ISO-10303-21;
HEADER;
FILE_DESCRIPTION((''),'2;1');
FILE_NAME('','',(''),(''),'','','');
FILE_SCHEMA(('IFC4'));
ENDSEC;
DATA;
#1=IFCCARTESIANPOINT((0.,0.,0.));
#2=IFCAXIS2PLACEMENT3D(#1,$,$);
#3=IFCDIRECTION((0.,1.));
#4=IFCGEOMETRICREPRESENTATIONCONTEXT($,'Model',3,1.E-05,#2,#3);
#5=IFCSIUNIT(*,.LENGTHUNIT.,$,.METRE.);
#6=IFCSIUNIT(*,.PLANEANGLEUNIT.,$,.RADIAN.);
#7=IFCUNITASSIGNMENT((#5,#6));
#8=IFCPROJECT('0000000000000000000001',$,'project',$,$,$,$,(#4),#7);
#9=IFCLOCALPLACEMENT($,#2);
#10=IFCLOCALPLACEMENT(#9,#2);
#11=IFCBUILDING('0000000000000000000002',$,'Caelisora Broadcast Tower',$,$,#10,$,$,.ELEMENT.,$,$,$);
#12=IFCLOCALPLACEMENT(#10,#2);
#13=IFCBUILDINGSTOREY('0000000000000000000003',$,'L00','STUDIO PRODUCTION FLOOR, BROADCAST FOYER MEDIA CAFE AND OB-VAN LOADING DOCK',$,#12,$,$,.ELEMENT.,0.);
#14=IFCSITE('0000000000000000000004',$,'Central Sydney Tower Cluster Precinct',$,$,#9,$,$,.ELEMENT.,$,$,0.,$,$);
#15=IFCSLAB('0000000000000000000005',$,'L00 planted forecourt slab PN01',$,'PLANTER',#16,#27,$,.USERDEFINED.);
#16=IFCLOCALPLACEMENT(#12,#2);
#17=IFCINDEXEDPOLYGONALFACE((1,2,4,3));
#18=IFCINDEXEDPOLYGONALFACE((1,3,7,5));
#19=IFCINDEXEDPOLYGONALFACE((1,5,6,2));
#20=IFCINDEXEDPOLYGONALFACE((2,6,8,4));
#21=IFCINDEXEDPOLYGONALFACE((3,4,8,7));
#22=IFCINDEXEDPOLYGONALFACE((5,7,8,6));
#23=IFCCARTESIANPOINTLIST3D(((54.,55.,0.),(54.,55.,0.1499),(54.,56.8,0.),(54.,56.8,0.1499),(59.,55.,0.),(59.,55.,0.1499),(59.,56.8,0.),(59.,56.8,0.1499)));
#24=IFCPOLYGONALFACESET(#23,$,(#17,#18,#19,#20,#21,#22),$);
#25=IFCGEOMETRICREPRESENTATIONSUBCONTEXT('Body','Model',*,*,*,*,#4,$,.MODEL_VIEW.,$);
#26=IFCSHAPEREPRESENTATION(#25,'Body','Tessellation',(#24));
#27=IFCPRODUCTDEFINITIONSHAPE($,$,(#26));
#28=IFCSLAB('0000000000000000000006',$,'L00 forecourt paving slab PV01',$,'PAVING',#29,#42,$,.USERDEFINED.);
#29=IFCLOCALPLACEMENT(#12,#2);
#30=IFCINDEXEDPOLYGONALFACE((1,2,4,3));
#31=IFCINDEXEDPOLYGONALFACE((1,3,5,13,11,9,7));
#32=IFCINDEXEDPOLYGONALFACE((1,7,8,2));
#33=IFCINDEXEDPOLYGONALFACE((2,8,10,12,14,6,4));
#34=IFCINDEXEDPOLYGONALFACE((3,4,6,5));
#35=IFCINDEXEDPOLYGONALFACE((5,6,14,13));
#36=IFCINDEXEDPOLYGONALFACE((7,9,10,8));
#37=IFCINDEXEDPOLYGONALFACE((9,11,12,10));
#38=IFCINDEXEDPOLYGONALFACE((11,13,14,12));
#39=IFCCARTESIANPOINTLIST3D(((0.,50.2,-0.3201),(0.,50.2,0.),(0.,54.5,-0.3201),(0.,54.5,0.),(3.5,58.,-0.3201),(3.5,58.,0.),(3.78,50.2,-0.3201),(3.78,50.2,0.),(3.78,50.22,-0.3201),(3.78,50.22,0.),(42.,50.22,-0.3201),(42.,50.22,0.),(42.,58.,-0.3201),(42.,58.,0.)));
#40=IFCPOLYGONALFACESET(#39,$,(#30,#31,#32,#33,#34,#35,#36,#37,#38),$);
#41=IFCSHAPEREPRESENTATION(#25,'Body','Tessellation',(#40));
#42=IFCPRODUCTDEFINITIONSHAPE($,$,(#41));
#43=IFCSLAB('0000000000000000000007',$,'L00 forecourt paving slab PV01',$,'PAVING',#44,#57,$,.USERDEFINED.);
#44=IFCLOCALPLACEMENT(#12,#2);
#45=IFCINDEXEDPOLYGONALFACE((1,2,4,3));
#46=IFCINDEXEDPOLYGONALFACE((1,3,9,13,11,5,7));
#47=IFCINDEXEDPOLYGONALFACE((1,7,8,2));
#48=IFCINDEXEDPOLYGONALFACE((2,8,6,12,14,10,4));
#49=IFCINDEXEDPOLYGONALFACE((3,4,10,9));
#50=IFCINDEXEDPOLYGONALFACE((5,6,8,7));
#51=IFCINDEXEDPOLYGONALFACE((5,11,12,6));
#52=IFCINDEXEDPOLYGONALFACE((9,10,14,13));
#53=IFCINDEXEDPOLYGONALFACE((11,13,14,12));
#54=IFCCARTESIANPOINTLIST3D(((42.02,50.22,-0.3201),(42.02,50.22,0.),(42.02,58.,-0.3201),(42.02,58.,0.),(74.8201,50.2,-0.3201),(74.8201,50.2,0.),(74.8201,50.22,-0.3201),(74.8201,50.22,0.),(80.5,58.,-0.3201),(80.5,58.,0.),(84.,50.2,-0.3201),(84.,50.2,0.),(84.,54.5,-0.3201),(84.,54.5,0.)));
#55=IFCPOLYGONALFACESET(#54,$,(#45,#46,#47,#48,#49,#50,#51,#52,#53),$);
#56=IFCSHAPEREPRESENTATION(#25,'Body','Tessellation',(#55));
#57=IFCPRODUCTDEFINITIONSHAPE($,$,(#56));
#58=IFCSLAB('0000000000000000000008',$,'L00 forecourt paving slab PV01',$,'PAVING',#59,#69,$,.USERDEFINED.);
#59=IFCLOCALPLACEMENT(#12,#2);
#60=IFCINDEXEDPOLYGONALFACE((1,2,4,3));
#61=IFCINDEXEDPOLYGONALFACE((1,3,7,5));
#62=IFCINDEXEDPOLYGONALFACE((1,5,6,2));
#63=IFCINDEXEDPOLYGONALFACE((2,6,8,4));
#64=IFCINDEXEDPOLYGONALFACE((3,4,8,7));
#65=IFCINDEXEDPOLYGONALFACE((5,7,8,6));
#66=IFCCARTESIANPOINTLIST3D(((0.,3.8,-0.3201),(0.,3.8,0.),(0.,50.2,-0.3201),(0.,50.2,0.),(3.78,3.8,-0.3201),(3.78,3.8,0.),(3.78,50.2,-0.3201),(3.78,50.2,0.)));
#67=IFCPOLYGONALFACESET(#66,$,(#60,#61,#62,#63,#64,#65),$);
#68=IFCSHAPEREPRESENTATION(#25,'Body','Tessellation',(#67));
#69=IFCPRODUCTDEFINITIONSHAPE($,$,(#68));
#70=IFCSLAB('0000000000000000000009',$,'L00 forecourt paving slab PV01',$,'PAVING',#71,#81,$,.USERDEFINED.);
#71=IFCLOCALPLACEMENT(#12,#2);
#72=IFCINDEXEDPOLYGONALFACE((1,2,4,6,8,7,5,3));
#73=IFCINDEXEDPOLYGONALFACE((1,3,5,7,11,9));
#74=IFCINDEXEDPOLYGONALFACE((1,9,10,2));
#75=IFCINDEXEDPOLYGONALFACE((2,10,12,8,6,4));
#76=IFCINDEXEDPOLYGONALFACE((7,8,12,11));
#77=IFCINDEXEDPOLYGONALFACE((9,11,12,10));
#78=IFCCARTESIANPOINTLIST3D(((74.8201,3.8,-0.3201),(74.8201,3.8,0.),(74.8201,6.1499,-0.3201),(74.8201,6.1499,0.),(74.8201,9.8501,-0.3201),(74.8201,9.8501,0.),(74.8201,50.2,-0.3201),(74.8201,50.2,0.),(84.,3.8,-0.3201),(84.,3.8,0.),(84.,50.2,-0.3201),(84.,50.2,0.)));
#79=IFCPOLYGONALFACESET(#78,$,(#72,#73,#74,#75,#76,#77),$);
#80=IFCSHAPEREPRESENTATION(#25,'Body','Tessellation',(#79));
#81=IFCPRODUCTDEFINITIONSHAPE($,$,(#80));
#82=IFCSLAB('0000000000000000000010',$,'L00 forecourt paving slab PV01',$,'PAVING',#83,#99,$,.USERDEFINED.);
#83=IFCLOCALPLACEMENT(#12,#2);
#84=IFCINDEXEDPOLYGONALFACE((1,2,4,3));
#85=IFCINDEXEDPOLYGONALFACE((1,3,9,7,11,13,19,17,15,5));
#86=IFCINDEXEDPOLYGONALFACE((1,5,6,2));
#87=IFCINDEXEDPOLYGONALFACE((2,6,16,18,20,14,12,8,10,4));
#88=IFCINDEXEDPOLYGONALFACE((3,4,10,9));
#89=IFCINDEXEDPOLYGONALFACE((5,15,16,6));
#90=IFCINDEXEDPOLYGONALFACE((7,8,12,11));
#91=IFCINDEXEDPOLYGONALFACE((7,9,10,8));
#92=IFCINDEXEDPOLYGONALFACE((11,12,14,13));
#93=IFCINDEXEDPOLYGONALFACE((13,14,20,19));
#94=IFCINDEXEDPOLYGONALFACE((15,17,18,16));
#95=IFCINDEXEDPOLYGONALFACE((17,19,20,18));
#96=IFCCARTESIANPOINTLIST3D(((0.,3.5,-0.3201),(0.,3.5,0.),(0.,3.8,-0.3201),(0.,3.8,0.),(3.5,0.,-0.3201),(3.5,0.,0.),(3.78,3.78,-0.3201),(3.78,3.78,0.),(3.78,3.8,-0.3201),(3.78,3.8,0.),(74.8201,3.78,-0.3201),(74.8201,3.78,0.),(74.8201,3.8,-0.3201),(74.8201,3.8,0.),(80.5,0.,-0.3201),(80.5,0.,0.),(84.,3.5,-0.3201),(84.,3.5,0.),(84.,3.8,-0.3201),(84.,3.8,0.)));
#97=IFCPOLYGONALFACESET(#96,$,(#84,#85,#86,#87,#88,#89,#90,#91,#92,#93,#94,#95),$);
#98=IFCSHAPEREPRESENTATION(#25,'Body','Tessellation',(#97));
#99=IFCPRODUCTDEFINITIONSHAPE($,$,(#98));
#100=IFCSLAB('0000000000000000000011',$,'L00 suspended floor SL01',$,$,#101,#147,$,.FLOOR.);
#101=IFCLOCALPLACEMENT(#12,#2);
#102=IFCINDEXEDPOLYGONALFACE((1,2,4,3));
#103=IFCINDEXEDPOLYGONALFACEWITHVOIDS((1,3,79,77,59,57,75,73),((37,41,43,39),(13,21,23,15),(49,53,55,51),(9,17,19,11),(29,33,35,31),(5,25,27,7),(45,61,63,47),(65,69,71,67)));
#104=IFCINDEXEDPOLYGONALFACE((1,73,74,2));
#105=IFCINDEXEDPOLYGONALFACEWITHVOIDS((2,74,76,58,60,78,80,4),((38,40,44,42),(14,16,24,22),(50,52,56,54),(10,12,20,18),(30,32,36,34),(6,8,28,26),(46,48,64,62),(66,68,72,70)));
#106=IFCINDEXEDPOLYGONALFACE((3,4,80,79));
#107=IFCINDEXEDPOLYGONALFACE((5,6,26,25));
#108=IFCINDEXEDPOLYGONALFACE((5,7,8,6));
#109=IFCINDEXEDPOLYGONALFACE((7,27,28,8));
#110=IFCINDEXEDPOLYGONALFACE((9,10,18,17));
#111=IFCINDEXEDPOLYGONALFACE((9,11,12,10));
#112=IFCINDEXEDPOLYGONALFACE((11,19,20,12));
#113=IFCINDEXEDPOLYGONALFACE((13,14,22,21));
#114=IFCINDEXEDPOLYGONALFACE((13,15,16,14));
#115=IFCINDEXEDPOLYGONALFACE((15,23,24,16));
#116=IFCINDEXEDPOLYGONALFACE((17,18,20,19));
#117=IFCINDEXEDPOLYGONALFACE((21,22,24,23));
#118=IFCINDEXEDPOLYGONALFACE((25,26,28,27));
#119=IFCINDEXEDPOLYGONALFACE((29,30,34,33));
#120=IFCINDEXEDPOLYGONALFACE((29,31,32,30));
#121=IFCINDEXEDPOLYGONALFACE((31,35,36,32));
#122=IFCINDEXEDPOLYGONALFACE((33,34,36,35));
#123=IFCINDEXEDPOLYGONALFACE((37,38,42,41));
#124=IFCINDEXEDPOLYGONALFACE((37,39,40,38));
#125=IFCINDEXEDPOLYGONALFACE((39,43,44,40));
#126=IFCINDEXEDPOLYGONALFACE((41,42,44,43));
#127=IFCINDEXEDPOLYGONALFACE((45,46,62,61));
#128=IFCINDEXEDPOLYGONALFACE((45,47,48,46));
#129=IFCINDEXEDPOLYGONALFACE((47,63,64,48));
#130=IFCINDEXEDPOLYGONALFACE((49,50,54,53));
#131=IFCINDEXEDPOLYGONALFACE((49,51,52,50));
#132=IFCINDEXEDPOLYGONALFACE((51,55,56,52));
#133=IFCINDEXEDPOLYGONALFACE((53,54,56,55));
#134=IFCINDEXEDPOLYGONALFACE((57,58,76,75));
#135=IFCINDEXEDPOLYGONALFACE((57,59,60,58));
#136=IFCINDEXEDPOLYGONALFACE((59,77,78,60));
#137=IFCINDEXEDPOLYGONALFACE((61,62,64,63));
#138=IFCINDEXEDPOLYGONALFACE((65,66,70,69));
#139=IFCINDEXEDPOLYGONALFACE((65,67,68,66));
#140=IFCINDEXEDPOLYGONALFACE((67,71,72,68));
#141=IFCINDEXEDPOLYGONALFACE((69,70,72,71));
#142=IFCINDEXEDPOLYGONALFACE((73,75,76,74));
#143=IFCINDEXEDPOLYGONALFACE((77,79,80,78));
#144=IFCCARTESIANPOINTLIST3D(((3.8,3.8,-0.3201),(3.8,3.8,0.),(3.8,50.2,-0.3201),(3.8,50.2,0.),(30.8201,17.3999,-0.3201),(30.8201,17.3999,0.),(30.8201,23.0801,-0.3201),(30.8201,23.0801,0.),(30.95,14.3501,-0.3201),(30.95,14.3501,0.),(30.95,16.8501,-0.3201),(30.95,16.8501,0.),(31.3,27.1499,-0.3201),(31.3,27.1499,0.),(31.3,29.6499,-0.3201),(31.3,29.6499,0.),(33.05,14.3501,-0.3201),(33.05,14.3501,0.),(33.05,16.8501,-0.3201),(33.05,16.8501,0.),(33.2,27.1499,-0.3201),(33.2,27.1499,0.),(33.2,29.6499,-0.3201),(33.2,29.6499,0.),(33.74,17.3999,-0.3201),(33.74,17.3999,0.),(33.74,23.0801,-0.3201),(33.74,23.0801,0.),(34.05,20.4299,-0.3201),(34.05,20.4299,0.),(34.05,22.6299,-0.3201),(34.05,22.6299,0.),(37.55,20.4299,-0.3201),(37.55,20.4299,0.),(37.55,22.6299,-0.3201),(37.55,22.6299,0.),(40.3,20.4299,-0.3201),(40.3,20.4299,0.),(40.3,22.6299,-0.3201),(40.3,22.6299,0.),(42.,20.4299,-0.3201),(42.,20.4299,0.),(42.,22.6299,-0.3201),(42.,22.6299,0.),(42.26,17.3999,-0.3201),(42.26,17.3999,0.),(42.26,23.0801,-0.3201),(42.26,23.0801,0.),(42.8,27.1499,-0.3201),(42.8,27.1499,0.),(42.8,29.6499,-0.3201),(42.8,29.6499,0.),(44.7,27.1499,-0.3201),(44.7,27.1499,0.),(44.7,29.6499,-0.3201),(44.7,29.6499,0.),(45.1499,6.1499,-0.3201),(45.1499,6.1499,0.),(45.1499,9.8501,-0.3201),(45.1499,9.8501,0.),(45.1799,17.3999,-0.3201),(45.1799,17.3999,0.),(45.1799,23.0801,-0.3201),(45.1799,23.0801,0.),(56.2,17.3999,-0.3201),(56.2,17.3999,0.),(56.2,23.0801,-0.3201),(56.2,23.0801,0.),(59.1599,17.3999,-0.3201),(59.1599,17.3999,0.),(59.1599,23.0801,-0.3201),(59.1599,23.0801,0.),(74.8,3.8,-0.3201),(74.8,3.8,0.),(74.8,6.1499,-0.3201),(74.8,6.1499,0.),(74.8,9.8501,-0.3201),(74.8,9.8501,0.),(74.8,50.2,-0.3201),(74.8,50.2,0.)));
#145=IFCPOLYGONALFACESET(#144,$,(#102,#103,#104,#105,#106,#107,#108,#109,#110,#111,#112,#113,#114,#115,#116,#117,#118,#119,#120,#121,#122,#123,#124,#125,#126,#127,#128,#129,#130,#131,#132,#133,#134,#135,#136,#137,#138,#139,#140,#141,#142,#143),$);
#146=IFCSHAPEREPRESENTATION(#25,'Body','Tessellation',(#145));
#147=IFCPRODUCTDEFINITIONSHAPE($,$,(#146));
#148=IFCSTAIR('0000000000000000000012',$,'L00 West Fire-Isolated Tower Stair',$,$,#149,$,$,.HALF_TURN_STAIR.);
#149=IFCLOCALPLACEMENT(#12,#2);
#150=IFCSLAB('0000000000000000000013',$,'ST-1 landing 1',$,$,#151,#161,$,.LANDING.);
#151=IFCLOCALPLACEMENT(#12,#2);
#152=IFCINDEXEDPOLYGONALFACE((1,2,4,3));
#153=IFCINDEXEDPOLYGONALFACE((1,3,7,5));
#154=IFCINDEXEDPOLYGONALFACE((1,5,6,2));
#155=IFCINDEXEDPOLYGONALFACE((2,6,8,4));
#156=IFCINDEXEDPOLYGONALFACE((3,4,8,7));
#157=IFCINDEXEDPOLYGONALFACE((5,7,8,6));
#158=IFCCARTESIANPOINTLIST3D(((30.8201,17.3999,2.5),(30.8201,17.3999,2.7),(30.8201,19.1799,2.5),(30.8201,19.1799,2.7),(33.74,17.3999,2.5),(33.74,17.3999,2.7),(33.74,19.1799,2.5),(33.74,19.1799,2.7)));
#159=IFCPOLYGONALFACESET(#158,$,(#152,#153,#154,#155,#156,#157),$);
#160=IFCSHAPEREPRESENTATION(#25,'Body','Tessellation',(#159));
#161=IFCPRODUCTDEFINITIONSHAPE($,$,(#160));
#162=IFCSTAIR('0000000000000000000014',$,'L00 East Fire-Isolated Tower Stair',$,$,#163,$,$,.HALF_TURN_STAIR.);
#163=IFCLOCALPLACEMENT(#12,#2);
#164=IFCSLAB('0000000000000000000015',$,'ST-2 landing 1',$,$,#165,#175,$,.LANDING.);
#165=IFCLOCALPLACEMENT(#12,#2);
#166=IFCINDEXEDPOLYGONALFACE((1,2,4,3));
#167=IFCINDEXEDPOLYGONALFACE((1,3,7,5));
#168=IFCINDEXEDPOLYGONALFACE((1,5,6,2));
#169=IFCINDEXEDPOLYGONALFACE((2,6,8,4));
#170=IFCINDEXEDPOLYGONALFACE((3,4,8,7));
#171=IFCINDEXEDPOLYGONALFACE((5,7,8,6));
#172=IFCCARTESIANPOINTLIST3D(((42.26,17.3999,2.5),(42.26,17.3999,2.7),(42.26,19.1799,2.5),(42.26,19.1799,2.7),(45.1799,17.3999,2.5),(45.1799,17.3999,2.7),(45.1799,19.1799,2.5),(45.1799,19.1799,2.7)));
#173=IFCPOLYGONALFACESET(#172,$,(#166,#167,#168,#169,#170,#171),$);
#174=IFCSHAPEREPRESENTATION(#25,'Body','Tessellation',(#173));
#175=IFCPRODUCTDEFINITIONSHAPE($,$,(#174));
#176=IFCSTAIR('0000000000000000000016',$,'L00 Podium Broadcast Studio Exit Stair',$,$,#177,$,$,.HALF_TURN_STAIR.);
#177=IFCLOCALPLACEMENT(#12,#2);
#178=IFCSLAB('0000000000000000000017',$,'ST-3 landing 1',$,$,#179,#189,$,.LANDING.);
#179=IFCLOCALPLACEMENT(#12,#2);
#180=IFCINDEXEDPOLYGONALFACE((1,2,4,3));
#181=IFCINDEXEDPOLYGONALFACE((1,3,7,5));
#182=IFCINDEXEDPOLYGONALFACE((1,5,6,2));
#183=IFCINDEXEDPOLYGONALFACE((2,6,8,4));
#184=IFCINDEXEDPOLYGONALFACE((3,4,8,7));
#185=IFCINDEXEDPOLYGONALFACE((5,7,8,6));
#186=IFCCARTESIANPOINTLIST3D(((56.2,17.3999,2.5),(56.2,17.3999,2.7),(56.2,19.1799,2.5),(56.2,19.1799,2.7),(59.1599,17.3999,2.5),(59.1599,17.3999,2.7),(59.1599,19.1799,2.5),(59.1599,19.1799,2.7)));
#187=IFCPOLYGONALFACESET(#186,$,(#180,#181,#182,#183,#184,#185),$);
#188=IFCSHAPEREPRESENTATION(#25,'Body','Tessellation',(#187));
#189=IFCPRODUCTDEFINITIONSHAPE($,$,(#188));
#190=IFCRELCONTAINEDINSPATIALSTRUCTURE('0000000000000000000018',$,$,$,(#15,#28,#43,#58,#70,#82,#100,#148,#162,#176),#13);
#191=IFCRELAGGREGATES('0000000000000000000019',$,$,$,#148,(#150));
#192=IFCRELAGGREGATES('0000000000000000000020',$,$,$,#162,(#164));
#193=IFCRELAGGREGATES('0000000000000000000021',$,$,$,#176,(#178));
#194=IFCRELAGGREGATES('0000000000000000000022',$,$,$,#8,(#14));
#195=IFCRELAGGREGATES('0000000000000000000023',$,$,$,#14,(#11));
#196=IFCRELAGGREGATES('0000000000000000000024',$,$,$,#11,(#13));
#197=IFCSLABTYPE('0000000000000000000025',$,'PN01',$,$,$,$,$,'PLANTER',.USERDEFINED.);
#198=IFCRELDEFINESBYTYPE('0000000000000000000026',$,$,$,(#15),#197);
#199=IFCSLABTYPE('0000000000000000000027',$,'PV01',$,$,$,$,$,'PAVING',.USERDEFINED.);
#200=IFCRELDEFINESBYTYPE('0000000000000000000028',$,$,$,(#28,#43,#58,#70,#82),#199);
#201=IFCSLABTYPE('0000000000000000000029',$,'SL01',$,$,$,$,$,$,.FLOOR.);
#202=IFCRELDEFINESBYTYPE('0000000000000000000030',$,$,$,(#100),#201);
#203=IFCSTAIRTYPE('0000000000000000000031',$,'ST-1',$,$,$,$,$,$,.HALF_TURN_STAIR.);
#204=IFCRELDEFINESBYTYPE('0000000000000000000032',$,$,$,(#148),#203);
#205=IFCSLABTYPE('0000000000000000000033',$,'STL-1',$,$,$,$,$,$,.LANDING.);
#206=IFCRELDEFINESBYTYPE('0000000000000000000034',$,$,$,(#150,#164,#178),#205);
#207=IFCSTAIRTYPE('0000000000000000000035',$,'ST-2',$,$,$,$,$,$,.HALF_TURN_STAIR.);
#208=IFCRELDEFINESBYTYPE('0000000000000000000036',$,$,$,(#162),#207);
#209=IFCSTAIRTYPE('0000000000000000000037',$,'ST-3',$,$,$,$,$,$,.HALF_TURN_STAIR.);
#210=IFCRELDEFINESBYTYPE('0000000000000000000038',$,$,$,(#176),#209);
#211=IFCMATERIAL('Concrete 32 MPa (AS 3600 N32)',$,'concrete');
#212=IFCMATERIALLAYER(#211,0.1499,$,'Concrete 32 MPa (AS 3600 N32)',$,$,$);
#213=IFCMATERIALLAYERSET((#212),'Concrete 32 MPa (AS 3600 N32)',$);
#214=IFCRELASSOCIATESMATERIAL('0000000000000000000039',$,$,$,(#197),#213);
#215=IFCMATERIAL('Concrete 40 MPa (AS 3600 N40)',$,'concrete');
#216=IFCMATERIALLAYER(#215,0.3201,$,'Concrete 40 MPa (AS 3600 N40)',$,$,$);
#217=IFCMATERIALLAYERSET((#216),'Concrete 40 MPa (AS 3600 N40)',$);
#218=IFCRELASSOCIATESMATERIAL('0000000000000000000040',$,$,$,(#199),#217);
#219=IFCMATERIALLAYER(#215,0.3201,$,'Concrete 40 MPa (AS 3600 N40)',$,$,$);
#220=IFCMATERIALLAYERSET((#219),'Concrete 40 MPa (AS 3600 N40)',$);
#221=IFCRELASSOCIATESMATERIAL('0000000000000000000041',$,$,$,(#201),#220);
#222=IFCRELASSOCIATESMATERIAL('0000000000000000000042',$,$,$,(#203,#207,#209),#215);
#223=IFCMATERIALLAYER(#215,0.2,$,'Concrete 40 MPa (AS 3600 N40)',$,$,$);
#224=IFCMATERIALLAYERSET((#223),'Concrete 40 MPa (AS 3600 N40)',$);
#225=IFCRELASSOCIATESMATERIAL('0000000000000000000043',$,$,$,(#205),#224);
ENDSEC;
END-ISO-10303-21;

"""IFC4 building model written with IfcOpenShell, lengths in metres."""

from ifc_helpers import new_model, si_unit, direction, frame, origin, place, context, subcontext, project, spatial, polyline, outline, extrude, material, layer, layer_set, type_object, element, aggregate, save


model = new_model("IFC4")

# Units and contexts
model_context = context("Model", 3, precision=1e-05, world=origin(), true_north=direction((0.0, 1.0)))
body_context = subcontext(model_context, "Body", "Model", "MODEL_VIEW")
ifc_project = project(units=[si_unit("LENGTHUNIT", "METRE"), si_unit("PLANEANGLEUNIT", "RADIAN")], contexts=[model_context])

# Site, building, storey
site_placement = place(None, origin())
site = spatial("IfcSite", under=ifc_project, at=site_placement, Name="Central Sydney Tower Cluster Precinct", CompositionType="ELEMENT", RefElevation=0.0)
building_placement = place(site_placement, origin())
building = spatial("IfcBuilding", under=site, at=building_placement, Name="Caelisora Broadcast Tower", CompositionType="ELEMENT")
storey_placement = place(building_placement, origin())
storey = spatial("IfcBuildingStorey", under=building, at=storey_placement, Name="L00", Description="STUDIO PRODUCTION FLOOR, BROADCAST FOYER MEDIA CAFE AND OB-VAN LOADING DOCK", CompositionType="ELEMENT", Elevation=0.0)

# Slabs
ifc_material_1 = material(Name="Concrete 32 MPa (AS 3600 N32)", Category="concrete")
ifc_layer_1 = layer(ifc_material_1, 0.1499, Name="Concrete 32 MPa (AS 3600 N32)")
ifc_layer_set_1 = layer_set([ifc_layer_1], Name="Concrete 32 MPa (AS 3600 N32)")
slab_type_1 = type_object("IfcSlabType", Name="PN01", ElementType="PLANTER", PredefinedType="USERDEFINED", material=ifc_layer_set_1)
slab_1_placement = place(storey_placement, origin())
element("IfcSlab", 1, at=slab_1_placement, inside=storey, type_object=slab_type_1, Name="L00 planted forecourt slab PN01", ObjectType="PLANTER", PredefinedType="USERDEFINED", context=body_context, shape_type="SweptSolid", body=[
    extrude(outline(polyline([(54.0, 55.0), (59.0, 55.0), (59.0, 56.8), (54.0, 56.8), (54.0, 55.0)])), origin(), (0.0, 0.0, 1.0), 0.1499),
])
ifc_material_2 = material(Name="Concrete 40 MPa (AS 3600 N40)", Category="concrete")
ifc_layer_2 = layer(ifc_material_2, 0.3201, Name="Concrete 40 MPa (AS 3600 N40)")
ifc_layer_set_2 = layer_set([ifc_layer_2], Name="Concrete 40 MPa (AS 3600 N40)")
slab_type_2 = type_object("IfcSlabType", Name="PV01", ElementType="PAVING", PredefinedType="USERDEFINED", material=ifc_layer_set_2)
slab_2_placement = place(storey_placement, frame((0.0, 0.0, -0.3201)))
element("IfcSlab", 2, at=slab_2_placement, inside=storey, type_object=slab_type_2, Name="L00 forecourt paving slab PV01", ObjectType="PAVING", PredefinedType="USERDEFINED", context=body_context, shape_type="SweptSolid", body=[
    extrude(outline(polyline([(3.5, 58.0), (42.0, 58.0), (42.0, 50.22), (3.78, 50.22), (3.78, 50.2), (0.0, 50.2), (0.0, 54.5), (3.5, 58.0)])), origin(), (0.0, 0.0, 1.0), 0.3201),
])
slab_3_placement = place(storey_placement, frame((0.0, 0.0, -0.3201)))
element("IfcSlab", 3, at=slab_3_placement, inside=storey, type_object=slab_type_2, Name="L00 forecourt paving slab PV01", ObjectType="PAVING", PredefinedType="USERDEFINED", context=body_context, shape_type="SweptSolid", body=[
    extrude(outline(polyline([(80.5, 58.0), (84.0, 54.5), (84.0, 50.2), (74.8201, 50.2), (74.8201, 50.22), (42.02, 50.22), (42.02, 58.0), (80.5, 58.0)])), origin(), (0.0, 0.0, 1.0), 0.3201),
])
slab_4_placement = place(storey_placement, frame((0.0, 0.0, -0.3201)))
element("IfcSlab", 4, at=slab_4_placement, inside=storey, type_object=slab_type_2, Name="L00 forecourt paving slab PV01", ObjectType="PAVING", PredefinedType="USERDEFINED", context=body_context, shape_type="SweptSolid", body=[
    extrude(outline(polyline([(0.0, 50.2), (3.78, 50.2), (3.78, 3.8), (0.0, 3.8), (0.0, 50.2)])), origin(), (0.0, 0.0, 1.0), 0.3201),
])
slab_5_placement = place(storey_placement, frame((0.0, 0.0, -0.3201)))
element("IfcSlab", 5, at=slab_5_placement, inside=storey, type_object=slab_type_2, Name="L00 forecourt paving slab PV01", ObjectType="PAVING", PredefinedType="USERDEFINED", context=body_context, shape_type="SweptSolid", body=[
    extrude(outline(polyline([(84.0, 3.8), (74.8201, 3.8), (74.8201, 6.1499), (74.8201, 9.8501), (74.8201, 50.2), (84.0, 50.2), (84.0, 3.8)])), origin(), (0.0, 0.0, 1.0), 0.3201),
])
slab_6_placement = place(storey_placement, frame((0.0, 0.0, -0.3201)))
element("IfcSlab", 6, at=slab_6_placement, inside=storey, type_object=slab_type_2, Name="L00 forecourt paving slab PV01", ObjectType="PAVING", PredefinedType="USERDEFINED", context=body_context, shape_type="SweptSolid", body=[
    extrude(outline(polyline([(84.0, 3.5), (80.5, 0.0), (3.5, 0.0), (0.0, 3.5), (0.0, 3.8), (3.78, 3.8), (3.78, 3.78), (74.8201, 3.78), (74.8201, 3.8), (84.0, 3.8), (84.0, 3.5)])), origin(), (0.0, 0.0, 1.0), 0.3201),
])
ifc_layer_3 = layer(ifc_material_2, 0.3201, Name="Concrete 40 MPa (AS 3600 N40)")
ifc_layer_set_3 = layer_set([ifc_layer_3], Name="Concrete 40 MPa (AS 3600 N40)")
slab_type_3 = type_object("IfcSlabType", Name="SL01", PredefinedType="FLOOR", material=ifc_layer_set_3)
slab_7_placement = place(storey_placement, frame((0.0, 0.0, -0.3201)))
element("IfcSlab", 7, at=slab_7_placement, inside=storey, type_object=slab_type_3, Name="L00 suspended floor SL01", PredefinedType="FLOOR", context=body_context, shape_type="SweptSolid", body=[
    extrude(outline(polyline([(3.8, 50.2), (74.8, 50.2), (74.8, 9.8501), (45.1499, 9.8501), (45.1499, 6.1499), (74.8, 6.1499), (74.8, 3.8), (3.8, 3.8), (3.8, 50.2)]), holes=[polyline([(30.8201, 17.3999), (33.74, 17.3999), (33.74, 23.0801), (30.8201, 23.0801), (30.8201, 17.3999)]), polyline([(42.26, 17.3999), (45.1799, 17.3999), (45.1799, 23.0801), (42.26, 23.0801), (42.26, 17.3999)]), polyline([(56.2, 17.3999), (59.1599, 17.3999), (59.1599, 23.0801), (56.2, 23.0801), (56.2, 17.3999)]), polyline([(42.8, 27.1499), (44.7, 27.1499), (44.7, 29.6499), (42.8, 29.6499), (42.8, 27.1499)]), polyline([(40.3, 20.4299), (42.0, 20.4299), (42.0, 22.6299), (40.3, 22.6299), (40.3, 20.4299)]), polyline([(34.05, 20.4299), (37.55, 20.4299), (37.55, 22.6299), (34.05, 22.6299), (34.05, 20.4299)]), polyline([(31.3, 27.1499), (33.2, 27.1499), (33.2, 29.6499), (31.3, 29.6499), (31.3, 27.1499)]), polyline([(30.95, 14.3501), (33.05, 14.3501), (33.05, 16.8501), (30.95, 16.8501), (30.95, 14.3501)])]), origin(), (0.0, 0.0, 1.0), 0.3201),
])

# Stairs, slabs
stair_type_1 = type_object("IfcStairType", Name="ST-1", PredefinedType="HALF_TURN_STAIR", material=ifc_material_2)
stair_1_placement = place(storey_placement, origin())
stair_1 = element("IfcStair", 8, at=stair_1_placement, inside=storey, type_object=stair_type_1, Name="L00 West Fire-Isolated Tower Stair", PredefinedType="HALF_TURN_STAIR")
ifc_layer_4 = layer(ifc_material_2, 0.2, Name="Concrete 40 MPa (AS 3600 N40)")
ifc_layer_set_4 = layer_set([ifc_layer_4], Name="Concrete 40 MPa (AS 3600 N40)")
slab_type_4 = type_object("IfcSlabType", Name="STL-1", PredefinedType="LANDING", material=ifc_layer_set_4)
slab_8_placement = place(storey_placement, frame((0.0, 0.0, 2.5)))
slab_8 = element("IfcSlab", 9, at=slab_8_placement, type_object=slab_type_4, Name="ST-1 landing 1", PredefinedType="LANDING", context=body_context, shape_type="SweptSolid", body=[
    extrude(outline(polyline([(30.8201, 19.1799), (30.8201, 17.3999), (33.74, 17.3999), (33.74, 19.1799), (30.8201, 19.1799)])), origin(), (0.0, 0.0, 1.0), 0.2),
])
aggregate(stair_1, [slab_8])
stair_type_2 = type_object("IfcStairType", Name="ST-2", PredefinedType="HALF_TURN_STAIR", material=ifc_material_2)
stair_2_placement = place(storey_placement, origin())
stair_2 = element("IfcStair", 10, at=stair_2_placement, inside=storey, type_object=stair_type_2, Name="L00 East Fire-Isolated Tower Stair", PredefinedType="HALF_TURN_STAIR")
slab_9_placement = place(storey_placement, frame((0.0, 0.0, 2.5)))
slab_9 = element("IfcSlab", 11, at=slab_9_placement, type_object=slab_type_4, Name="ST-2 landing 1", PredefinedType="LANDING", context=body_context, shape_type="SweptSolid", body=[
    extrude(outline(polyline([(42.26, 19.1799), (42.26, 17.3999), (45.1799, 17.3999), (45.1799, 19.1799), (42.26, 19.1799)])), origin(), (0.0, 0.0, 1.0), 0.2),
])
aggregate(stair_2, [slab_9])
stair_type_3 = type_object("IfcStairType", Name="ST-3", PredefinedType="HALF_TURN_STAIR", material=ifc_material_2)
stair_3_placement = place(storey_placement, origin())
stair_3 = element("IfcStair", 12, at=stair_3_placement, inside=storey, type_object=stair_type_3, Name="L00 Podium Broadcast Studio Exit Stair", PredefinedType="HALF_TURN_STAIR")
slab_10_placement = place(storey_placement, frame((0.0, 0.0, 2.5)))
slab_10 = element("IfcSlab", 13, at=slab_10_placement, type_object=slab_type_4, Name="ST-3 landing 1", PredefinedType="LANDING", context=body_context, shape_type="SweptSolid", body=[
    extrude(outline(polyline([(56.2, 19.1799), (56.2, 17.3999), (59.1599, 17.3999), (59.1599, 19.1799), (56.2, 19.1799)])), origin(), (0.0, 0.0, 1.0), 0.2),
])
aggregate(stair_3, [slab_10])

save(model, "model.ifc")
